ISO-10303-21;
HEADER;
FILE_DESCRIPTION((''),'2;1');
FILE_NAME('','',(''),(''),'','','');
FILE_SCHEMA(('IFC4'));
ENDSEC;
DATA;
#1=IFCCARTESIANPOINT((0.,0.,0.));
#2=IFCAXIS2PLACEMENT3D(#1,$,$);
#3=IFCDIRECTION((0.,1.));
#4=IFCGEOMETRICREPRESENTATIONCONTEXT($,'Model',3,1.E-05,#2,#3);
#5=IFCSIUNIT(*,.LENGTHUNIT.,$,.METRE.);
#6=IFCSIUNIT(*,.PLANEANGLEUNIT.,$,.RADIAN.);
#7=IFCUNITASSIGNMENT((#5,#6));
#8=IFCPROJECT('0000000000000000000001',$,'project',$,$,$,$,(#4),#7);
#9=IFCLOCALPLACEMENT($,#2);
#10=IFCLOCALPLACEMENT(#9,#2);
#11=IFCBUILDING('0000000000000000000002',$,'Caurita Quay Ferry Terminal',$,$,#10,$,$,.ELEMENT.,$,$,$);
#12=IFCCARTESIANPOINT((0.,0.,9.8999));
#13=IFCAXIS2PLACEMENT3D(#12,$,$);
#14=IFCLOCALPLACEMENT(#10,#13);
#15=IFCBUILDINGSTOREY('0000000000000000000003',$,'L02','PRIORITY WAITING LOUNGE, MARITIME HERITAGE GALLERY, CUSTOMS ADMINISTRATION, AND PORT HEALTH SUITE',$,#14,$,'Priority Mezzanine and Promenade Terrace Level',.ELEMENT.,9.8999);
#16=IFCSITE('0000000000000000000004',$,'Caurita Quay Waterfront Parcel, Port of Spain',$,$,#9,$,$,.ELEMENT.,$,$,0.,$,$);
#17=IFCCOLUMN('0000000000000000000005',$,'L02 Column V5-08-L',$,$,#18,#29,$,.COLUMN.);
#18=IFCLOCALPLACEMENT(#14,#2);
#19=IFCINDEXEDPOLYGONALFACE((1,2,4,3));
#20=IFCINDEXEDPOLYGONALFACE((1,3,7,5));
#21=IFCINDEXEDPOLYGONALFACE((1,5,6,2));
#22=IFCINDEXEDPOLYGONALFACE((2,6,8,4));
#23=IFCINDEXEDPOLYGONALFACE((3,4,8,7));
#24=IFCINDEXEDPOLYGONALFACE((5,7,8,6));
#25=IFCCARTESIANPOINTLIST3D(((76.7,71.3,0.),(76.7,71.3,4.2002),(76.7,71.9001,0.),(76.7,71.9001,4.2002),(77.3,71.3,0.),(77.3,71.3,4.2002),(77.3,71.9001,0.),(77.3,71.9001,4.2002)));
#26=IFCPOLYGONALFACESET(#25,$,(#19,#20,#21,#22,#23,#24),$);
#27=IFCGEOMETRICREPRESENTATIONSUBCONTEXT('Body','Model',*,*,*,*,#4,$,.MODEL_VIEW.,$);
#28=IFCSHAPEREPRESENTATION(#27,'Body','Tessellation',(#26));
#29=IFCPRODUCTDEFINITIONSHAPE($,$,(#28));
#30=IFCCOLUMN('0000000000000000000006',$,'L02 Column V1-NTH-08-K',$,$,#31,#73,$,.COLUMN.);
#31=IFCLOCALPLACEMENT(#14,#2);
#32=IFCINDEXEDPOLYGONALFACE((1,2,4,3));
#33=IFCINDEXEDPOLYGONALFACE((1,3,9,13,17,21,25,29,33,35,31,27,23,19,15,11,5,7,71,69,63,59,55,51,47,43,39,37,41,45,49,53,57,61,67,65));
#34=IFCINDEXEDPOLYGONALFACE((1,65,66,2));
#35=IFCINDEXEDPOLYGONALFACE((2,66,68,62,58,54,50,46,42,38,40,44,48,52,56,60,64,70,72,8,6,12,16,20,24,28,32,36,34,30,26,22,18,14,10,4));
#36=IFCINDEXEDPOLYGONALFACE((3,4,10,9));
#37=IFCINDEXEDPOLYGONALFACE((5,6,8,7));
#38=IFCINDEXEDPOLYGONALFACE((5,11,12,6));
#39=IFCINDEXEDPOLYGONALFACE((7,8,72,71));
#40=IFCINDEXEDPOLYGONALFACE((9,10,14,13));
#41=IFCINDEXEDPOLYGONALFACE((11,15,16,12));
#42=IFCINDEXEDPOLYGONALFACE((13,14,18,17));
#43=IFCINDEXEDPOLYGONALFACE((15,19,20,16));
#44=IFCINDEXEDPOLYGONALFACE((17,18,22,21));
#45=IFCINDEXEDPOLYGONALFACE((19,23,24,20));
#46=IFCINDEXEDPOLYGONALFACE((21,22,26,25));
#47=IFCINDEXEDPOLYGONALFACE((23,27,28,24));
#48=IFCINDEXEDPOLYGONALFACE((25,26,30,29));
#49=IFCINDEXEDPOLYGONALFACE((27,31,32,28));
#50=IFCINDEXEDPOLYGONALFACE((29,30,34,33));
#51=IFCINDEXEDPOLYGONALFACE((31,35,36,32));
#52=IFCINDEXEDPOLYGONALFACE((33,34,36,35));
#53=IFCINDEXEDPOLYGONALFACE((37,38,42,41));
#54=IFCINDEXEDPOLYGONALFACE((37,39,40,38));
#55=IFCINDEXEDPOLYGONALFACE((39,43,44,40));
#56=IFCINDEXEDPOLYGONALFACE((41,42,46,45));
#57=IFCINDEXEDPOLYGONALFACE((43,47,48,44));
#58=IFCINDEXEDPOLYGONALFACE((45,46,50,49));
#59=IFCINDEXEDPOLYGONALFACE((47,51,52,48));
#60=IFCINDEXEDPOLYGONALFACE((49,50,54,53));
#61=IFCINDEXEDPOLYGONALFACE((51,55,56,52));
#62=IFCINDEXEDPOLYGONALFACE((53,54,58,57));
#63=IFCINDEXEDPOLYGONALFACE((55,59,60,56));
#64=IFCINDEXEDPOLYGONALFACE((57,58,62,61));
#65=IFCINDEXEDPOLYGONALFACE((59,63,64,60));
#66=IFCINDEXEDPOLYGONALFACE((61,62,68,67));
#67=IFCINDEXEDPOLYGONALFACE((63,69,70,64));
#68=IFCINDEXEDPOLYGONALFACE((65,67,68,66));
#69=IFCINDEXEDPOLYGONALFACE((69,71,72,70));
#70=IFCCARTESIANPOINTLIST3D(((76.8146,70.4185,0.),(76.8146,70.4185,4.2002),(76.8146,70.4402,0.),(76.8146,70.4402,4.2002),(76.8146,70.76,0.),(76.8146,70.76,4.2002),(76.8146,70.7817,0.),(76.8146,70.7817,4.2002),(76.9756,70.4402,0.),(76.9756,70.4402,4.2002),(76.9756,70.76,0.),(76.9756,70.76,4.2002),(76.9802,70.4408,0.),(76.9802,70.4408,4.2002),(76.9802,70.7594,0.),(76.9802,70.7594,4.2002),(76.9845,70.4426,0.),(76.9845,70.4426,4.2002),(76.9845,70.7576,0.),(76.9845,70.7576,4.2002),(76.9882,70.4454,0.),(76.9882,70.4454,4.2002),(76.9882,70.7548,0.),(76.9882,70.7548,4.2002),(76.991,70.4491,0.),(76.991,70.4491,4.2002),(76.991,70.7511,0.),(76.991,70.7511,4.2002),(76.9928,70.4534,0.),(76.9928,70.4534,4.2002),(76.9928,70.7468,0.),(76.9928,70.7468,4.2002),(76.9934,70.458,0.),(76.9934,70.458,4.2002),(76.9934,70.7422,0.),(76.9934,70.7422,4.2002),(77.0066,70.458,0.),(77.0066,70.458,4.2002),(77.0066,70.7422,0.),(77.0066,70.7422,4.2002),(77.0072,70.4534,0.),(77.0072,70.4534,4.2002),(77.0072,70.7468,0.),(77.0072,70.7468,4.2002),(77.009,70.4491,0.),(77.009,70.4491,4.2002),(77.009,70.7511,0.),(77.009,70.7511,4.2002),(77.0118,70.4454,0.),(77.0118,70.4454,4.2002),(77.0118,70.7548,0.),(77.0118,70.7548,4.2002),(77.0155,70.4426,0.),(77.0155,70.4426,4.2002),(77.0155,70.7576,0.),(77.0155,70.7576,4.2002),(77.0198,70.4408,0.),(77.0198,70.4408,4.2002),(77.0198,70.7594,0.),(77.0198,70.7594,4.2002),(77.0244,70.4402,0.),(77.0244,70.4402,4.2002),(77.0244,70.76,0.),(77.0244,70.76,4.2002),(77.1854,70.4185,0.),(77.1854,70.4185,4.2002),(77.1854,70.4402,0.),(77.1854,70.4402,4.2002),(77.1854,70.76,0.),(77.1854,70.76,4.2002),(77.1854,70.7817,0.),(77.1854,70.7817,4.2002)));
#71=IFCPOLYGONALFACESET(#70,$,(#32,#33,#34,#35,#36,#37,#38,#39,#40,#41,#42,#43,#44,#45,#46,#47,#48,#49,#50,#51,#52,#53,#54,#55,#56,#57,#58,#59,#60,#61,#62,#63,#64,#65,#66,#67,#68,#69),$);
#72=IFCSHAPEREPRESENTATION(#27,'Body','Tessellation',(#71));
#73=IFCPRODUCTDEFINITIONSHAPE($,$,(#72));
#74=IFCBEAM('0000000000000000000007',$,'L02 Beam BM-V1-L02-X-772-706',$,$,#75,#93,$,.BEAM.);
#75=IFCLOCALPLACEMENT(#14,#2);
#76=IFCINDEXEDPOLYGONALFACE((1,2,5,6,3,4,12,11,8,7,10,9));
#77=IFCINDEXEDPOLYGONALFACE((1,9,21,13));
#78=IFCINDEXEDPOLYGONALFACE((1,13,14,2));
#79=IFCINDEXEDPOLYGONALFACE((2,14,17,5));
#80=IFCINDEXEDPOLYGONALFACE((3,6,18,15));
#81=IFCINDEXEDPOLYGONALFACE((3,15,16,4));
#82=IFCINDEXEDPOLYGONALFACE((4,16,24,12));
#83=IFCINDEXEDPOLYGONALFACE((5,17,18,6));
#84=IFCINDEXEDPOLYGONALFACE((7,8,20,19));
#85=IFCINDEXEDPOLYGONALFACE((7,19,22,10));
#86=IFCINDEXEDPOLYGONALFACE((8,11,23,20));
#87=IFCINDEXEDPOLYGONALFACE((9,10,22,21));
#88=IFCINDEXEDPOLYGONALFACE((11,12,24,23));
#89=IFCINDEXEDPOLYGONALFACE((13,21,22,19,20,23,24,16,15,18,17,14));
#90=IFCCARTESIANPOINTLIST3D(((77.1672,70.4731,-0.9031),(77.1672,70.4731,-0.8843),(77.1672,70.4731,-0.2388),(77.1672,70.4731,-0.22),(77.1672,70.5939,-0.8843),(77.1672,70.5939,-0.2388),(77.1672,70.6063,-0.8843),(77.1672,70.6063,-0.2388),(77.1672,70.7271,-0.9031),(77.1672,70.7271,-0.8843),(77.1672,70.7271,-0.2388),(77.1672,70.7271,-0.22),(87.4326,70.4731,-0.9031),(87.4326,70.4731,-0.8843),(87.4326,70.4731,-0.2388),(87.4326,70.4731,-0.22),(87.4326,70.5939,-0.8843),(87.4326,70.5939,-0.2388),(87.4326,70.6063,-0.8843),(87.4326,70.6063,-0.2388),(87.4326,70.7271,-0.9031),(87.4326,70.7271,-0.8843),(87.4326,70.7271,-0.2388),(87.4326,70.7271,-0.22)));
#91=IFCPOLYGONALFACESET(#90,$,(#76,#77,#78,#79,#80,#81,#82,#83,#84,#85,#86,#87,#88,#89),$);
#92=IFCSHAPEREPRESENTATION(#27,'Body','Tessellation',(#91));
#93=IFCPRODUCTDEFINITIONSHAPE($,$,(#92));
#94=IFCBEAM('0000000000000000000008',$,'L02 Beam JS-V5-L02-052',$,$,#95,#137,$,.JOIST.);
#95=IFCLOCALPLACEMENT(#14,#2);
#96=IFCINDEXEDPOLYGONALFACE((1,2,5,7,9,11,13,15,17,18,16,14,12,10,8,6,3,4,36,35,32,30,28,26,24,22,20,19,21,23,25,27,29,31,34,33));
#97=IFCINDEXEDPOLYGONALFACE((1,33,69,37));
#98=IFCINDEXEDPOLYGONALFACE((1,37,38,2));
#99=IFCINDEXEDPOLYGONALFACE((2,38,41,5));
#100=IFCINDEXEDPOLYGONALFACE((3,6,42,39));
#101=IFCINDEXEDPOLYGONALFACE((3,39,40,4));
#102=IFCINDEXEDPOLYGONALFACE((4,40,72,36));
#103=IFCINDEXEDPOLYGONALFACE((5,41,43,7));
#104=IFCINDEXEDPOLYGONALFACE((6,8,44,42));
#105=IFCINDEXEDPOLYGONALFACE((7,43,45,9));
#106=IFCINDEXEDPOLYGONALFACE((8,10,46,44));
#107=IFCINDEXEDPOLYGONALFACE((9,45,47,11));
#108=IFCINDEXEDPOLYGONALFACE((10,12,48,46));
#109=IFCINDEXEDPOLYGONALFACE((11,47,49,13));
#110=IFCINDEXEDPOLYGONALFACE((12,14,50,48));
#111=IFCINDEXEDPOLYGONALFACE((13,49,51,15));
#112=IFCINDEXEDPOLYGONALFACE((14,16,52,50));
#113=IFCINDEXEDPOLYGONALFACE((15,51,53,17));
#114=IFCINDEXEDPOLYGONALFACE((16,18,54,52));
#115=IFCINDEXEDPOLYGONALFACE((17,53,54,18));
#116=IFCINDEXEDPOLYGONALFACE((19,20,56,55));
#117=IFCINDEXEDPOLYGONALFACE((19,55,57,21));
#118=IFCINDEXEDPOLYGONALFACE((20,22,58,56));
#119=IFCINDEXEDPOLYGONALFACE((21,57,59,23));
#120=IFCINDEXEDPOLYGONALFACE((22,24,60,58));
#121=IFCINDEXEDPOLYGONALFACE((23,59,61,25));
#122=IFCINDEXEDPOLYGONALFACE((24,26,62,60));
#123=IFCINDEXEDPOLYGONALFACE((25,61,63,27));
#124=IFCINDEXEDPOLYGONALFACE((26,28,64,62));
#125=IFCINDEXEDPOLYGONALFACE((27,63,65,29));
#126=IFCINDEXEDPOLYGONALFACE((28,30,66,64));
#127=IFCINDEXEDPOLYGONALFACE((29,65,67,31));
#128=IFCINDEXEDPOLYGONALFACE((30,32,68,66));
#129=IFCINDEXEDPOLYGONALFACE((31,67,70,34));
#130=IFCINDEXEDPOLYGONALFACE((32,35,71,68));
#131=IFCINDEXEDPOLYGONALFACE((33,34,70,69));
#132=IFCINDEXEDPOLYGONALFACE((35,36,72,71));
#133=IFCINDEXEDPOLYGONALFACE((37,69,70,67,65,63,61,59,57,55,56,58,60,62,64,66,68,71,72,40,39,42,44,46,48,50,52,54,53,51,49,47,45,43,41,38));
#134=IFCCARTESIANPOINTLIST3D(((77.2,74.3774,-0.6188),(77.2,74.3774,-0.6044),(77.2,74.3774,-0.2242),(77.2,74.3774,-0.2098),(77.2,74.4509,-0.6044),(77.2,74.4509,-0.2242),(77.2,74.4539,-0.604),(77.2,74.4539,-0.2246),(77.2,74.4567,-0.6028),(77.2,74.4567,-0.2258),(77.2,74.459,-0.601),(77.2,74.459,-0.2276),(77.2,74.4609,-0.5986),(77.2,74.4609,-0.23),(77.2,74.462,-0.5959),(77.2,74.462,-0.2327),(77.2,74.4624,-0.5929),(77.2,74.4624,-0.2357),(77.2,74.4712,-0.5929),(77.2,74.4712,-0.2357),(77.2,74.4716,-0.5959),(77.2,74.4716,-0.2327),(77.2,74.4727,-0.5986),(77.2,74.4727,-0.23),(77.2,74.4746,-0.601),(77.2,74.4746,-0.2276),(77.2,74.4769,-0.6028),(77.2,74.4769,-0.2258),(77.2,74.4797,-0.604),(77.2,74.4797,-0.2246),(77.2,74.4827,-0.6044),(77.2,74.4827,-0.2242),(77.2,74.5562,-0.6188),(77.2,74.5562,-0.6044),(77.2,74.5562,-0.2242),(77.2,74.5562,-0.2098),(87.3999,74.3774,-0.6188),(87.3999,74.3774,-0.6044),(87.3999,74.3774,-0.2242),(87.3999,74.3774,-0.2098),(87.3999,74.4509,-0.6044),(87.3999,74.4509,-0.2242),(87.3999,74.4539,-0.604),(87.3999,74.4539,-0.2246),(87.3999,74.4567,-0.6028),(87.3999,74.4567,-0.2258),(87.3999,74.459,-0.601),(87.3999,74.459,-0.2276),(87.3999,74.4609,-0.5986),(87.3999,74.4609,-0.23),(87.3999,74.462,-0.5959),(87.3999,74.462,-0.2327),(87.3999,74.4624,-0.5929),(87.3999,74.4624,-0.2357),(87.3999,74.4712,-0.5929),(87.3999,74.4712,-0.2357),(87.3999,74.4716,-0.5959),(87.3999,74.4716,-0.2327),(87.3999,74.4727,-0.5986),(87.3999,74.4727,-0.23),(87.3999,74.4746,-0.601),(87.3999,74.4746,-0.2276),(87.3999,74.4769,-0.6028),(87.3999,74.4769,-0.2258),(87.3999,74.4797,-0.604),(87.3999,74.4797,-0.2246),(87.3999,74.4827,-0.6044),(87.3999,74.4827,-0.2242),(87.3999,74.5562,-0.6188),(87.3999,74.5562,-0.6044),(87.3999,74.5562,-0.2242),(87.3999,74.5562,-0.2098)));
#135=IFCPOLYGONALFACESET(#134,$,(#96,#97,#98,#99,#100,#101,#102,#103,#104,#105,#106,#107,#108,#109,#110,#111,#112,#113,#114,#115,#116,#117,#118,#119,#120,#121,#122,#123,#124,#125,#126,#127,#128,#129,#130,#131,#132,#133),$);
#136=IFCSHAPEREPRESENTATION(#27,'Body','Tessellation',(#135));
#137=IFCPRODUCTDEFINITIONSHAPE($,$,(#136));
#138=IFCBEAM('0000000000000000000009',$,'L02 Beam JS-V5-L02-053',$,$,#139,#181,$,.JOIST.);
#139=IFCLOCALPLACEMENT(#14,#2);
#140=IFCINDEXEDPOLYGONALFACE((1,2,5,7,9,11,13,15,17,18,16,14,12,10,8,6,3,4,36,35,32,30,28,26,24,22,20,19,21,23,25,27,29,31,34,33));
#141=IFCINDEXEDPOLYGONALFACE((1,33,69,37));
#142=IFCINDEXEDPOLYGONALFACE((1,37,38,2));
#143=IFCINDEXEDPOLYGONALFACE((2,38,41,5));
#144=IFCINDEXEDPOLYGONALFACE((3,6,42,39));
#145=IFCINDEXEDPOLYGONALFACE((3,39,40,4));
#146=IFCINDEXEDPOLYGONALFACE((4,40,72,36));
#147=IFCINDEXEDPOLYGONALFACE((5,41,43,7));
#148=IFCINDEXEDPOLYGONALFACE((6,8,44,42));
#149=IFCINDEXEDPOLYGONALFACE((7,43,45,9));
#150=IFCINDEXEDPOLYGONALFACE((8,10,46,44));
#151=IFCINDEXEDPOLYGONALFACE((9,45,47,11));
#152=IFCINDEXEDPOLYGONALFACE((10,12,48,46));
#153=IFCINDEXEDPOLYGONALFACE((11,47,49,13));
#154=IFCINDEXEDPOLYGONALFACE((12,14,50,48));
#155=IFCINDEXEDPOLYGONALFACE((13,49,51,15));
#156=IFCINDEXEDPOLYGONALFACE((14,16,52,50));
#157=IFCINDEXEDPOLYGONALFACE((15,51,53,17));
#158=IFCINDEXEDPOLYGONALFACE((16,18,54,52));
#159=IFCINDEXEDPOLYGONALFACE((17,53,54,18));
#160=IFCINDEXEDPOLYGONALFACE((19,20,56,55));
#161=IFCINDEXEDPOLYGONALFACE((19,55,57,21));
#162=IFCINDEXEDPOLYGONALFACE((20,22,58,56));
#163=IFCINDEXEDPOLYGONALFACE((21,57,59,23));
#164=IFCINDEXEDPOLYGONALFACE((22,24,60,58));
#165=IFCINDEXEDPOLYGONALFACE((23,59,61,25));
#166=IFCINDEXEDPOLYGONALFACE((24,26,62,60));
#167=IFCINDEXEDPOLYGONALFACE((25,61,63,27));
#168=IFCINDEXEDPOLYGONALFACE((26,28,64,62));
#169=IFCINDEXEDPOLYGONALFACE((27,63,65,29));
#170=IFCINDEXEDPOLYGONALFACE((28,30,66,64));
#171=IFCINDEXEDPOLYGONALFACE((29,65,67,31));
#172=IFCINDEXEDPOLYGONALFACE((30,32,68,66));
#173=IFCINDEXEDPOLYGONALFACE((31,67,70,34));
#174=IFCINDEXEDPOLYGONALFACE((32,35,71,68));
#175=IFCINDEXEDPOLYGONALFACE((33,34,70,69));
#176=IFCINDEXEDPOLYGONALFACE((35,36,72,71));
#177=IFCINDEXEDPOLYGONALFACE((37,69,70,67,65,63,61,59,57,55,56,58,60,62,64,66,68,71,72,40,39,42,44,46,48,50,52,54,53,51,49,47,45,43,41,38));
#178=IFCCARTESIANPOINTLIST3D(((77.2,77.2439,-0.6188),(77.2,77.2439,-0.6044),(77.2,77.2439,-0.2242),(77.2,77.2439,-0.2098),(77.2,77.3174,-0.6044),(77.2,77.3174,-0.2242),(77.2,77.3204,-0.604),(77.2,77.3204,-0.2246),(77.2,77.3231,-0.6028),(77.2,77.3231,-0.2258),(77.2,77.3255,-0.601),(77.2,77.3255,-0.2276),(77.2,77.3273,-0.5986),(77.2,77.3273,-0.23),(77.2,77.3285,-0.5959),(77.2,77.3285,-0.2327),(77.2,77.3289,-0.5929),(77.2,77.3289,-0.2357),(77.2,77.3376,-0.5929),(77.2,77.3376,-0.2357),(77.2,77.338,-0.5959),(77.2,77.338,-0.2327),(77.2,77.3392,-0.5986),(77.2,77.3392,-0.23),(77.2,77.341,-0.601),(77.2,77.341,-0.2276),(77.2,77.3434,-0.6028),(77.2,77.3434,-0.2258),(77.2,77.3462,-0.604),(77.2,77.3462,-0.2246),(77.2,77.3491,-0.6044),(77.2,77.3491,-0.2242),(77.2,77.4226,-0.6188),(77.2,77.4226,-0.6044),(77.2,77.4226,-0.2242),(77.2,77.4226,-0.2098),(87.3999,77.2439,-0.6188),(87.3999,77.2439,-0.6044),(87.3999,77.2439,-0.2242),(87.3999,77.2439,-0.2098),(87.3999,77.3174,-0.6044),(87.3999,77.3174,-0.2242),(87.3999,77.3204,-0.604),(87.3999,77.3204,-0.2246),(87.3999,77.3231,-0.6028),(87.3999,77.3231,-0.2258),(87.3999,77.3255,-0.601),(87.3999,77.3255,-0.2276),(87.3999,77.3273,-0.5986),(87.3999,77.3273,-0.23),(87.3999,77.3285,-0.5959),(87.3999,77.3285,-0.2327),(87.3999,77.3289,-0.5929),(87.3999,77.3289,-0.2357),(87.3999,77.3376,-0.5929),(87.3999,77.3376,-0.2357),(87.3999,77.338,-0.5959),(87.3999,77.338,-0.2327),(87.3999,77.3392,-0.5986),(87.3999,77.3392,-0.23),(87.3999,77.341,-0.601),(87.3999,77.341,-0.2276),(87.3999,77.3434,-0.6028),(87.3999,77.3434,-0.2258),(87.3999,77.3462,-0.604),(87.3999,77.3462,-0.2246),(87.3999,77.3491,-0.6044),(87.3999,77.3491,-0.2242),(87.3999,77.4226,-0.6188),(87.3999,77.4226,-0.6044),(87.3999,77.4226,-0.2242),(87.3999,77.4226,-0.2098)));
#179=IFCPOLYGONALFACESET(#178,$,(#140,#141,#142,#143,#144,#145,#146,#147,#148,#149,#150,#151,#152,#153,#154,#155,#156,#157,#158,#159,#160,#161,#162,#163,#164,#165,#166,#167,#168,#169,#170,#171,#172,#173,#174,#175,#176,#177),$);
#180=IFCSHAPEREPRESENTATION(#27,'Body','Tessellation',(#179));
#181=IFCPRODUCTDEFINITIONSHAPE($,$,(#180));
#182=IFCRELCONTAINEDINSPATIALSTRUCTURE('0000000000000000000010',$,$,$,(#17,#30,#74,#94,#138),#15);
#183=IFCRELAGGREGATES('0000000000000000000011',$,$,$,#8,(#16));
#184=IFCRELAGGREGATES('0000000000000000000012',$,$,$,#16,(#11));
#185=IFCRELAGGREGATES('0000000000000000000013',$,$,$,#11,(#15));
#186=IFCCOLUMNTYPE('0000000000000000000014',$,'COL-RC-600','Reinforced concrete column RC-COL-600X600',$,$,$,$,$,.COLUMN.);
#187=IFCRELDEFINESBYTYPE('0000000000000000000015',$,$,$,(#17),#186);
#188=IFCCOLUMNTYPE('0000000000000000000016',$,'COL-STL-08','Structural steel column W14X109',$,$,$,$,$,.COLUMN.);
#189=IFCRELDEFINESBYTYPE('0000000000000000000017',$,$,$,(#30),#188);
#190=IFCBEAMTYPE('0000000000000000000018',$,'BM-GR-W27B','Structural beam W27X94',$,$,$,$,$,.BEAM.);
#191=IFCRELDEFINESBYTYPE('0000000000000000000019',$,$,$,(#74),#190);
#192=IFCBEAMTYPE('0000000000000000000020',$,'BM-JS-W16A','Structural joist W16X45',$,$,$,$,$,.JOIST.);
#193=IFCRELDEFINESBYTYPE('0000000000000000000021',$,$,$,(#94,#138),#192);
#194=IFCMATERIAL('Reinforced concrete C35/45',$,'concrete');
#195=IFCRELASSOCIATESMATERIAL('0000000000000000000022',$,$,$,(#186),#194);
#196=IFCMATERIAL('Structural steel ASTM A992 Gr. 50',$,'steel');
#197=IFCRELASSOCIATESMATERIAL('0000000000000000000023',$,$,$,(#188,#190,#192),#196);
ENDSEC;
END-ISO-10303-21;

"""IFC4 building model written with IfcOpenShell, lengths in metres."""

from ifc_helpers import new_model, si_unit, direction, frame, origin, origin_2d, place, context, subcontext, project, spatial, rectangle, i_section, extrude, material, material_profile, profile_set, type_object, element, save


model = new_model("IFC4")

# Units and contexts
model_context = context("Model", 3, precision=1e-05, world=origin(), true_north=direction((0.0, 1.0)))
body_context = subcontext(model_context, "Body", "Model", "MODEL_VIEW")
ifc_project = project(units=[si_unit("LENGTHUNIT", "METRE"), si_unit("PLANEANGLEUNIT", "RADIAN")], contexts=[model_context])

# Site, building, storey
site_placement = place(None, origin())
site = spatial("IfcSite", under=ifc_project, at=site_placement, Name="Caurita Quay Waterfront Parcel, Port of Spain", CompositionType="ELEMENT", RefElevation=0.0)
building_placement = place(site_placement, origin())
building = spatial("IfcBuilding", under=site, at=building_placement, Name="Caurita Quay Ferry Terminal", CompositionType="ELEMENT")
storey_placement = place(building_placement, frame((0.0, 0.0, 9.8999)))
storey = spatial("IfcBuildingStorey", under=building, at=storey_placement, Name="L02", Description="PRIORITY WAITING LOUNGE, MARITIME HERITAGE GALLERY, CUSTOMS ADMINISTRATION, AND PORT HEALTH SUITE", LongName="Priority Mezzanine and Promenade Terrace Level", CompositionType="ELEMENT", Elevation=9.8999)

# Columns
ifc_material_1 = material(Name="Reinforced concrete C35/45", Category="concrete")
ifc_material_profile_1 = material_profile(ifc_material_1, rectangle(XDim=0.6001, YDim=0.6001, at=origin_2d()), Name="RC-COL-600X600")
ifc_profile_set_1 = profile_set([ifc_material_profile_1], Name="Reinforced concrete C35/45")
column_type_1 = type_object("IfcColumnType", Name="COL-RC-600", Description="Reinforced concrete column RC-COL-600X600", PredefinedType="COLUMN", material=ifc_profile_set_1)
column_1_placement = place(storey_placement, frame((77.0, 71.6001, 0.0), z_axis=(0.0, 0.0, 1.0), x_axis=(1.0, 0.0, 0.0)))
element("IfcColumn", 1, at=column_1_placement, inside=storey, type_object=column_type_1, Name="L02 Column V5-08-L", PredefinedType="COLUMN", context=body_context, shape_type="SweptSolid", body=[
    extrude(rectangle(XDim=0.6001, YDim=0.6001, at=origin_2d()), origin(), (0.0, 0.0, 1.0), 4.2002),
])
ifc_material_2 = material(Name="Structural steel ASTM A992 Gr. 50", Category="steel")
ifc_material_profile_2 = material_profile(ifc_material_2, i_section(OverallWidth=0.3708, OverallDepth=0.3633, WebThickness=0.0132, FlangeThickness=0.0217, FilletRadius=0.0178, at=origin_2d()), Name="W14X109")
ifc_profile_set_2 = profile_set([ifc_material_profile_2], Name="Structural steel ASTM A992 Gr. 50")
column_type_2 = type_object("IfcColumnType", Name="COL-STL-08", Description="Structural steel column W14X109", PredefinedType="COLUMN", material=ifc_profile_set_2)
column_2_placement = place(storey_placement, frame((77.0, 70.6001, 0.0), z_axis=(0.0, 0.0, 1.0), x_axis=(1.0, 0.0, 0.0)))
element("IfcColumn", 2, at=column_2_placement, inside=storey, type_object=column_type_2, Name="L02 Column V1-NTH-08-K", PredefinedType="COLUMN", context=body_context, shape_type="SweptSolid", body=[
    extrude(i_section(OverallWidth=0.3708, OverallDepth=0.3633, WebThickness=0.0132, FlangeThickness=0.0217, FilletRadius=0.0178, at=origin_2d()), origin(), (0.0, 0.0, 1.0), 4.2002),
])

# Beams
ifc_material_profile_3 = material_profile(ifc_material_2, i_section(OverallWidth=0.2539, OverallDepth=0.6831, WebThickness=0.0125, FlangeThickness=0.0188, at=origin_2d()), Name="W27X94")
ifc_profile_set_3 = profile_set([ifc_material_profile_3], Name="Structural steel ASTM A992 Gr. 50")
beam_type_1 = type_object("IfcBeamType", Name="BM-GR-W27B", Description="Structural beam W27X94", PredefinedType="BEAM", material=ifc_profile_set_3)
beam_1_placement = place(storey_placement, frame((77.1672, 70.6001, -0.5615), z_axis=(1.0, 0.0, 0.0), x_axis=(0.0, 1.0, 0.0)))
element("IfcBeam", 3, at=beam_1_placement, inside=storey, type_object=beam_type_1, Name="L02 Beam BM-V1-L02-X-772-706", PredefinedType="BEAM", context=body_context, shape_type="SweptSolid", body=[
    extrude(i_section(OverallWidth=0.2539, OverallDepth=0.6831, WebThickness=0.0125, FlangeThickness=0.0188, at=origin_2d()), origin(), (0.0, 0.0, 1.0), 10.2654),
])
ifc_material_profile_4 = material_profile(ifc_material_2, i_section(OverallWidth=0.1787, OverallDepth=0.4089, WebThickness=0.0088, FlangeThickness=0.0144, FilletRadius=0.0115, at=origin_2d()), Name="W16X45")
ifc_profile_set_4 = profile_set([ifc_material_profile_4], Name="Structural steel ASTM A992 Gr. 50")
beam_type_2 = type_object("IfcBeamType", Name="BM-JS-W16A", Description="Structural joist W16X45", PredefinedType="JOIST", material=ifc_profile_set_4)
for number, where, z_axis, x_axis, name in (
    (4, (77.2, 74.4668, -0.4143), (1.0, 0.0, 0.0), (0.0, 1.0, 0.0), "L02 Beam JS-V5-L02-052"),
    (5, (77.2, 77.3333, -0.4143), (1.0, 0.0, 0.0), (0.0, 1.0, 0.0), "L02 Beam JS-V5-L02-053"),
):
    element("IfcBeam", number, at=place(storey_placement, frame(where, z_axis=z_axis, x_axis=x_axis)), inside=storey, type_object=beam_type_2, Name=name, PredefinedType="JOIST", context=body_context, shape_type="SweptSolid", body=[
        extrude(i_section(OverallWidth=0.1787, OverallDepth=0.4089, WebThickness=0.0088, FlangeThickness=0.0144, FilletRadius=0.0115, at=origin_2d()), origin(), (0.0, 0.0, 1.0), 10.2),
    ])

save(model, "model.ifc")
